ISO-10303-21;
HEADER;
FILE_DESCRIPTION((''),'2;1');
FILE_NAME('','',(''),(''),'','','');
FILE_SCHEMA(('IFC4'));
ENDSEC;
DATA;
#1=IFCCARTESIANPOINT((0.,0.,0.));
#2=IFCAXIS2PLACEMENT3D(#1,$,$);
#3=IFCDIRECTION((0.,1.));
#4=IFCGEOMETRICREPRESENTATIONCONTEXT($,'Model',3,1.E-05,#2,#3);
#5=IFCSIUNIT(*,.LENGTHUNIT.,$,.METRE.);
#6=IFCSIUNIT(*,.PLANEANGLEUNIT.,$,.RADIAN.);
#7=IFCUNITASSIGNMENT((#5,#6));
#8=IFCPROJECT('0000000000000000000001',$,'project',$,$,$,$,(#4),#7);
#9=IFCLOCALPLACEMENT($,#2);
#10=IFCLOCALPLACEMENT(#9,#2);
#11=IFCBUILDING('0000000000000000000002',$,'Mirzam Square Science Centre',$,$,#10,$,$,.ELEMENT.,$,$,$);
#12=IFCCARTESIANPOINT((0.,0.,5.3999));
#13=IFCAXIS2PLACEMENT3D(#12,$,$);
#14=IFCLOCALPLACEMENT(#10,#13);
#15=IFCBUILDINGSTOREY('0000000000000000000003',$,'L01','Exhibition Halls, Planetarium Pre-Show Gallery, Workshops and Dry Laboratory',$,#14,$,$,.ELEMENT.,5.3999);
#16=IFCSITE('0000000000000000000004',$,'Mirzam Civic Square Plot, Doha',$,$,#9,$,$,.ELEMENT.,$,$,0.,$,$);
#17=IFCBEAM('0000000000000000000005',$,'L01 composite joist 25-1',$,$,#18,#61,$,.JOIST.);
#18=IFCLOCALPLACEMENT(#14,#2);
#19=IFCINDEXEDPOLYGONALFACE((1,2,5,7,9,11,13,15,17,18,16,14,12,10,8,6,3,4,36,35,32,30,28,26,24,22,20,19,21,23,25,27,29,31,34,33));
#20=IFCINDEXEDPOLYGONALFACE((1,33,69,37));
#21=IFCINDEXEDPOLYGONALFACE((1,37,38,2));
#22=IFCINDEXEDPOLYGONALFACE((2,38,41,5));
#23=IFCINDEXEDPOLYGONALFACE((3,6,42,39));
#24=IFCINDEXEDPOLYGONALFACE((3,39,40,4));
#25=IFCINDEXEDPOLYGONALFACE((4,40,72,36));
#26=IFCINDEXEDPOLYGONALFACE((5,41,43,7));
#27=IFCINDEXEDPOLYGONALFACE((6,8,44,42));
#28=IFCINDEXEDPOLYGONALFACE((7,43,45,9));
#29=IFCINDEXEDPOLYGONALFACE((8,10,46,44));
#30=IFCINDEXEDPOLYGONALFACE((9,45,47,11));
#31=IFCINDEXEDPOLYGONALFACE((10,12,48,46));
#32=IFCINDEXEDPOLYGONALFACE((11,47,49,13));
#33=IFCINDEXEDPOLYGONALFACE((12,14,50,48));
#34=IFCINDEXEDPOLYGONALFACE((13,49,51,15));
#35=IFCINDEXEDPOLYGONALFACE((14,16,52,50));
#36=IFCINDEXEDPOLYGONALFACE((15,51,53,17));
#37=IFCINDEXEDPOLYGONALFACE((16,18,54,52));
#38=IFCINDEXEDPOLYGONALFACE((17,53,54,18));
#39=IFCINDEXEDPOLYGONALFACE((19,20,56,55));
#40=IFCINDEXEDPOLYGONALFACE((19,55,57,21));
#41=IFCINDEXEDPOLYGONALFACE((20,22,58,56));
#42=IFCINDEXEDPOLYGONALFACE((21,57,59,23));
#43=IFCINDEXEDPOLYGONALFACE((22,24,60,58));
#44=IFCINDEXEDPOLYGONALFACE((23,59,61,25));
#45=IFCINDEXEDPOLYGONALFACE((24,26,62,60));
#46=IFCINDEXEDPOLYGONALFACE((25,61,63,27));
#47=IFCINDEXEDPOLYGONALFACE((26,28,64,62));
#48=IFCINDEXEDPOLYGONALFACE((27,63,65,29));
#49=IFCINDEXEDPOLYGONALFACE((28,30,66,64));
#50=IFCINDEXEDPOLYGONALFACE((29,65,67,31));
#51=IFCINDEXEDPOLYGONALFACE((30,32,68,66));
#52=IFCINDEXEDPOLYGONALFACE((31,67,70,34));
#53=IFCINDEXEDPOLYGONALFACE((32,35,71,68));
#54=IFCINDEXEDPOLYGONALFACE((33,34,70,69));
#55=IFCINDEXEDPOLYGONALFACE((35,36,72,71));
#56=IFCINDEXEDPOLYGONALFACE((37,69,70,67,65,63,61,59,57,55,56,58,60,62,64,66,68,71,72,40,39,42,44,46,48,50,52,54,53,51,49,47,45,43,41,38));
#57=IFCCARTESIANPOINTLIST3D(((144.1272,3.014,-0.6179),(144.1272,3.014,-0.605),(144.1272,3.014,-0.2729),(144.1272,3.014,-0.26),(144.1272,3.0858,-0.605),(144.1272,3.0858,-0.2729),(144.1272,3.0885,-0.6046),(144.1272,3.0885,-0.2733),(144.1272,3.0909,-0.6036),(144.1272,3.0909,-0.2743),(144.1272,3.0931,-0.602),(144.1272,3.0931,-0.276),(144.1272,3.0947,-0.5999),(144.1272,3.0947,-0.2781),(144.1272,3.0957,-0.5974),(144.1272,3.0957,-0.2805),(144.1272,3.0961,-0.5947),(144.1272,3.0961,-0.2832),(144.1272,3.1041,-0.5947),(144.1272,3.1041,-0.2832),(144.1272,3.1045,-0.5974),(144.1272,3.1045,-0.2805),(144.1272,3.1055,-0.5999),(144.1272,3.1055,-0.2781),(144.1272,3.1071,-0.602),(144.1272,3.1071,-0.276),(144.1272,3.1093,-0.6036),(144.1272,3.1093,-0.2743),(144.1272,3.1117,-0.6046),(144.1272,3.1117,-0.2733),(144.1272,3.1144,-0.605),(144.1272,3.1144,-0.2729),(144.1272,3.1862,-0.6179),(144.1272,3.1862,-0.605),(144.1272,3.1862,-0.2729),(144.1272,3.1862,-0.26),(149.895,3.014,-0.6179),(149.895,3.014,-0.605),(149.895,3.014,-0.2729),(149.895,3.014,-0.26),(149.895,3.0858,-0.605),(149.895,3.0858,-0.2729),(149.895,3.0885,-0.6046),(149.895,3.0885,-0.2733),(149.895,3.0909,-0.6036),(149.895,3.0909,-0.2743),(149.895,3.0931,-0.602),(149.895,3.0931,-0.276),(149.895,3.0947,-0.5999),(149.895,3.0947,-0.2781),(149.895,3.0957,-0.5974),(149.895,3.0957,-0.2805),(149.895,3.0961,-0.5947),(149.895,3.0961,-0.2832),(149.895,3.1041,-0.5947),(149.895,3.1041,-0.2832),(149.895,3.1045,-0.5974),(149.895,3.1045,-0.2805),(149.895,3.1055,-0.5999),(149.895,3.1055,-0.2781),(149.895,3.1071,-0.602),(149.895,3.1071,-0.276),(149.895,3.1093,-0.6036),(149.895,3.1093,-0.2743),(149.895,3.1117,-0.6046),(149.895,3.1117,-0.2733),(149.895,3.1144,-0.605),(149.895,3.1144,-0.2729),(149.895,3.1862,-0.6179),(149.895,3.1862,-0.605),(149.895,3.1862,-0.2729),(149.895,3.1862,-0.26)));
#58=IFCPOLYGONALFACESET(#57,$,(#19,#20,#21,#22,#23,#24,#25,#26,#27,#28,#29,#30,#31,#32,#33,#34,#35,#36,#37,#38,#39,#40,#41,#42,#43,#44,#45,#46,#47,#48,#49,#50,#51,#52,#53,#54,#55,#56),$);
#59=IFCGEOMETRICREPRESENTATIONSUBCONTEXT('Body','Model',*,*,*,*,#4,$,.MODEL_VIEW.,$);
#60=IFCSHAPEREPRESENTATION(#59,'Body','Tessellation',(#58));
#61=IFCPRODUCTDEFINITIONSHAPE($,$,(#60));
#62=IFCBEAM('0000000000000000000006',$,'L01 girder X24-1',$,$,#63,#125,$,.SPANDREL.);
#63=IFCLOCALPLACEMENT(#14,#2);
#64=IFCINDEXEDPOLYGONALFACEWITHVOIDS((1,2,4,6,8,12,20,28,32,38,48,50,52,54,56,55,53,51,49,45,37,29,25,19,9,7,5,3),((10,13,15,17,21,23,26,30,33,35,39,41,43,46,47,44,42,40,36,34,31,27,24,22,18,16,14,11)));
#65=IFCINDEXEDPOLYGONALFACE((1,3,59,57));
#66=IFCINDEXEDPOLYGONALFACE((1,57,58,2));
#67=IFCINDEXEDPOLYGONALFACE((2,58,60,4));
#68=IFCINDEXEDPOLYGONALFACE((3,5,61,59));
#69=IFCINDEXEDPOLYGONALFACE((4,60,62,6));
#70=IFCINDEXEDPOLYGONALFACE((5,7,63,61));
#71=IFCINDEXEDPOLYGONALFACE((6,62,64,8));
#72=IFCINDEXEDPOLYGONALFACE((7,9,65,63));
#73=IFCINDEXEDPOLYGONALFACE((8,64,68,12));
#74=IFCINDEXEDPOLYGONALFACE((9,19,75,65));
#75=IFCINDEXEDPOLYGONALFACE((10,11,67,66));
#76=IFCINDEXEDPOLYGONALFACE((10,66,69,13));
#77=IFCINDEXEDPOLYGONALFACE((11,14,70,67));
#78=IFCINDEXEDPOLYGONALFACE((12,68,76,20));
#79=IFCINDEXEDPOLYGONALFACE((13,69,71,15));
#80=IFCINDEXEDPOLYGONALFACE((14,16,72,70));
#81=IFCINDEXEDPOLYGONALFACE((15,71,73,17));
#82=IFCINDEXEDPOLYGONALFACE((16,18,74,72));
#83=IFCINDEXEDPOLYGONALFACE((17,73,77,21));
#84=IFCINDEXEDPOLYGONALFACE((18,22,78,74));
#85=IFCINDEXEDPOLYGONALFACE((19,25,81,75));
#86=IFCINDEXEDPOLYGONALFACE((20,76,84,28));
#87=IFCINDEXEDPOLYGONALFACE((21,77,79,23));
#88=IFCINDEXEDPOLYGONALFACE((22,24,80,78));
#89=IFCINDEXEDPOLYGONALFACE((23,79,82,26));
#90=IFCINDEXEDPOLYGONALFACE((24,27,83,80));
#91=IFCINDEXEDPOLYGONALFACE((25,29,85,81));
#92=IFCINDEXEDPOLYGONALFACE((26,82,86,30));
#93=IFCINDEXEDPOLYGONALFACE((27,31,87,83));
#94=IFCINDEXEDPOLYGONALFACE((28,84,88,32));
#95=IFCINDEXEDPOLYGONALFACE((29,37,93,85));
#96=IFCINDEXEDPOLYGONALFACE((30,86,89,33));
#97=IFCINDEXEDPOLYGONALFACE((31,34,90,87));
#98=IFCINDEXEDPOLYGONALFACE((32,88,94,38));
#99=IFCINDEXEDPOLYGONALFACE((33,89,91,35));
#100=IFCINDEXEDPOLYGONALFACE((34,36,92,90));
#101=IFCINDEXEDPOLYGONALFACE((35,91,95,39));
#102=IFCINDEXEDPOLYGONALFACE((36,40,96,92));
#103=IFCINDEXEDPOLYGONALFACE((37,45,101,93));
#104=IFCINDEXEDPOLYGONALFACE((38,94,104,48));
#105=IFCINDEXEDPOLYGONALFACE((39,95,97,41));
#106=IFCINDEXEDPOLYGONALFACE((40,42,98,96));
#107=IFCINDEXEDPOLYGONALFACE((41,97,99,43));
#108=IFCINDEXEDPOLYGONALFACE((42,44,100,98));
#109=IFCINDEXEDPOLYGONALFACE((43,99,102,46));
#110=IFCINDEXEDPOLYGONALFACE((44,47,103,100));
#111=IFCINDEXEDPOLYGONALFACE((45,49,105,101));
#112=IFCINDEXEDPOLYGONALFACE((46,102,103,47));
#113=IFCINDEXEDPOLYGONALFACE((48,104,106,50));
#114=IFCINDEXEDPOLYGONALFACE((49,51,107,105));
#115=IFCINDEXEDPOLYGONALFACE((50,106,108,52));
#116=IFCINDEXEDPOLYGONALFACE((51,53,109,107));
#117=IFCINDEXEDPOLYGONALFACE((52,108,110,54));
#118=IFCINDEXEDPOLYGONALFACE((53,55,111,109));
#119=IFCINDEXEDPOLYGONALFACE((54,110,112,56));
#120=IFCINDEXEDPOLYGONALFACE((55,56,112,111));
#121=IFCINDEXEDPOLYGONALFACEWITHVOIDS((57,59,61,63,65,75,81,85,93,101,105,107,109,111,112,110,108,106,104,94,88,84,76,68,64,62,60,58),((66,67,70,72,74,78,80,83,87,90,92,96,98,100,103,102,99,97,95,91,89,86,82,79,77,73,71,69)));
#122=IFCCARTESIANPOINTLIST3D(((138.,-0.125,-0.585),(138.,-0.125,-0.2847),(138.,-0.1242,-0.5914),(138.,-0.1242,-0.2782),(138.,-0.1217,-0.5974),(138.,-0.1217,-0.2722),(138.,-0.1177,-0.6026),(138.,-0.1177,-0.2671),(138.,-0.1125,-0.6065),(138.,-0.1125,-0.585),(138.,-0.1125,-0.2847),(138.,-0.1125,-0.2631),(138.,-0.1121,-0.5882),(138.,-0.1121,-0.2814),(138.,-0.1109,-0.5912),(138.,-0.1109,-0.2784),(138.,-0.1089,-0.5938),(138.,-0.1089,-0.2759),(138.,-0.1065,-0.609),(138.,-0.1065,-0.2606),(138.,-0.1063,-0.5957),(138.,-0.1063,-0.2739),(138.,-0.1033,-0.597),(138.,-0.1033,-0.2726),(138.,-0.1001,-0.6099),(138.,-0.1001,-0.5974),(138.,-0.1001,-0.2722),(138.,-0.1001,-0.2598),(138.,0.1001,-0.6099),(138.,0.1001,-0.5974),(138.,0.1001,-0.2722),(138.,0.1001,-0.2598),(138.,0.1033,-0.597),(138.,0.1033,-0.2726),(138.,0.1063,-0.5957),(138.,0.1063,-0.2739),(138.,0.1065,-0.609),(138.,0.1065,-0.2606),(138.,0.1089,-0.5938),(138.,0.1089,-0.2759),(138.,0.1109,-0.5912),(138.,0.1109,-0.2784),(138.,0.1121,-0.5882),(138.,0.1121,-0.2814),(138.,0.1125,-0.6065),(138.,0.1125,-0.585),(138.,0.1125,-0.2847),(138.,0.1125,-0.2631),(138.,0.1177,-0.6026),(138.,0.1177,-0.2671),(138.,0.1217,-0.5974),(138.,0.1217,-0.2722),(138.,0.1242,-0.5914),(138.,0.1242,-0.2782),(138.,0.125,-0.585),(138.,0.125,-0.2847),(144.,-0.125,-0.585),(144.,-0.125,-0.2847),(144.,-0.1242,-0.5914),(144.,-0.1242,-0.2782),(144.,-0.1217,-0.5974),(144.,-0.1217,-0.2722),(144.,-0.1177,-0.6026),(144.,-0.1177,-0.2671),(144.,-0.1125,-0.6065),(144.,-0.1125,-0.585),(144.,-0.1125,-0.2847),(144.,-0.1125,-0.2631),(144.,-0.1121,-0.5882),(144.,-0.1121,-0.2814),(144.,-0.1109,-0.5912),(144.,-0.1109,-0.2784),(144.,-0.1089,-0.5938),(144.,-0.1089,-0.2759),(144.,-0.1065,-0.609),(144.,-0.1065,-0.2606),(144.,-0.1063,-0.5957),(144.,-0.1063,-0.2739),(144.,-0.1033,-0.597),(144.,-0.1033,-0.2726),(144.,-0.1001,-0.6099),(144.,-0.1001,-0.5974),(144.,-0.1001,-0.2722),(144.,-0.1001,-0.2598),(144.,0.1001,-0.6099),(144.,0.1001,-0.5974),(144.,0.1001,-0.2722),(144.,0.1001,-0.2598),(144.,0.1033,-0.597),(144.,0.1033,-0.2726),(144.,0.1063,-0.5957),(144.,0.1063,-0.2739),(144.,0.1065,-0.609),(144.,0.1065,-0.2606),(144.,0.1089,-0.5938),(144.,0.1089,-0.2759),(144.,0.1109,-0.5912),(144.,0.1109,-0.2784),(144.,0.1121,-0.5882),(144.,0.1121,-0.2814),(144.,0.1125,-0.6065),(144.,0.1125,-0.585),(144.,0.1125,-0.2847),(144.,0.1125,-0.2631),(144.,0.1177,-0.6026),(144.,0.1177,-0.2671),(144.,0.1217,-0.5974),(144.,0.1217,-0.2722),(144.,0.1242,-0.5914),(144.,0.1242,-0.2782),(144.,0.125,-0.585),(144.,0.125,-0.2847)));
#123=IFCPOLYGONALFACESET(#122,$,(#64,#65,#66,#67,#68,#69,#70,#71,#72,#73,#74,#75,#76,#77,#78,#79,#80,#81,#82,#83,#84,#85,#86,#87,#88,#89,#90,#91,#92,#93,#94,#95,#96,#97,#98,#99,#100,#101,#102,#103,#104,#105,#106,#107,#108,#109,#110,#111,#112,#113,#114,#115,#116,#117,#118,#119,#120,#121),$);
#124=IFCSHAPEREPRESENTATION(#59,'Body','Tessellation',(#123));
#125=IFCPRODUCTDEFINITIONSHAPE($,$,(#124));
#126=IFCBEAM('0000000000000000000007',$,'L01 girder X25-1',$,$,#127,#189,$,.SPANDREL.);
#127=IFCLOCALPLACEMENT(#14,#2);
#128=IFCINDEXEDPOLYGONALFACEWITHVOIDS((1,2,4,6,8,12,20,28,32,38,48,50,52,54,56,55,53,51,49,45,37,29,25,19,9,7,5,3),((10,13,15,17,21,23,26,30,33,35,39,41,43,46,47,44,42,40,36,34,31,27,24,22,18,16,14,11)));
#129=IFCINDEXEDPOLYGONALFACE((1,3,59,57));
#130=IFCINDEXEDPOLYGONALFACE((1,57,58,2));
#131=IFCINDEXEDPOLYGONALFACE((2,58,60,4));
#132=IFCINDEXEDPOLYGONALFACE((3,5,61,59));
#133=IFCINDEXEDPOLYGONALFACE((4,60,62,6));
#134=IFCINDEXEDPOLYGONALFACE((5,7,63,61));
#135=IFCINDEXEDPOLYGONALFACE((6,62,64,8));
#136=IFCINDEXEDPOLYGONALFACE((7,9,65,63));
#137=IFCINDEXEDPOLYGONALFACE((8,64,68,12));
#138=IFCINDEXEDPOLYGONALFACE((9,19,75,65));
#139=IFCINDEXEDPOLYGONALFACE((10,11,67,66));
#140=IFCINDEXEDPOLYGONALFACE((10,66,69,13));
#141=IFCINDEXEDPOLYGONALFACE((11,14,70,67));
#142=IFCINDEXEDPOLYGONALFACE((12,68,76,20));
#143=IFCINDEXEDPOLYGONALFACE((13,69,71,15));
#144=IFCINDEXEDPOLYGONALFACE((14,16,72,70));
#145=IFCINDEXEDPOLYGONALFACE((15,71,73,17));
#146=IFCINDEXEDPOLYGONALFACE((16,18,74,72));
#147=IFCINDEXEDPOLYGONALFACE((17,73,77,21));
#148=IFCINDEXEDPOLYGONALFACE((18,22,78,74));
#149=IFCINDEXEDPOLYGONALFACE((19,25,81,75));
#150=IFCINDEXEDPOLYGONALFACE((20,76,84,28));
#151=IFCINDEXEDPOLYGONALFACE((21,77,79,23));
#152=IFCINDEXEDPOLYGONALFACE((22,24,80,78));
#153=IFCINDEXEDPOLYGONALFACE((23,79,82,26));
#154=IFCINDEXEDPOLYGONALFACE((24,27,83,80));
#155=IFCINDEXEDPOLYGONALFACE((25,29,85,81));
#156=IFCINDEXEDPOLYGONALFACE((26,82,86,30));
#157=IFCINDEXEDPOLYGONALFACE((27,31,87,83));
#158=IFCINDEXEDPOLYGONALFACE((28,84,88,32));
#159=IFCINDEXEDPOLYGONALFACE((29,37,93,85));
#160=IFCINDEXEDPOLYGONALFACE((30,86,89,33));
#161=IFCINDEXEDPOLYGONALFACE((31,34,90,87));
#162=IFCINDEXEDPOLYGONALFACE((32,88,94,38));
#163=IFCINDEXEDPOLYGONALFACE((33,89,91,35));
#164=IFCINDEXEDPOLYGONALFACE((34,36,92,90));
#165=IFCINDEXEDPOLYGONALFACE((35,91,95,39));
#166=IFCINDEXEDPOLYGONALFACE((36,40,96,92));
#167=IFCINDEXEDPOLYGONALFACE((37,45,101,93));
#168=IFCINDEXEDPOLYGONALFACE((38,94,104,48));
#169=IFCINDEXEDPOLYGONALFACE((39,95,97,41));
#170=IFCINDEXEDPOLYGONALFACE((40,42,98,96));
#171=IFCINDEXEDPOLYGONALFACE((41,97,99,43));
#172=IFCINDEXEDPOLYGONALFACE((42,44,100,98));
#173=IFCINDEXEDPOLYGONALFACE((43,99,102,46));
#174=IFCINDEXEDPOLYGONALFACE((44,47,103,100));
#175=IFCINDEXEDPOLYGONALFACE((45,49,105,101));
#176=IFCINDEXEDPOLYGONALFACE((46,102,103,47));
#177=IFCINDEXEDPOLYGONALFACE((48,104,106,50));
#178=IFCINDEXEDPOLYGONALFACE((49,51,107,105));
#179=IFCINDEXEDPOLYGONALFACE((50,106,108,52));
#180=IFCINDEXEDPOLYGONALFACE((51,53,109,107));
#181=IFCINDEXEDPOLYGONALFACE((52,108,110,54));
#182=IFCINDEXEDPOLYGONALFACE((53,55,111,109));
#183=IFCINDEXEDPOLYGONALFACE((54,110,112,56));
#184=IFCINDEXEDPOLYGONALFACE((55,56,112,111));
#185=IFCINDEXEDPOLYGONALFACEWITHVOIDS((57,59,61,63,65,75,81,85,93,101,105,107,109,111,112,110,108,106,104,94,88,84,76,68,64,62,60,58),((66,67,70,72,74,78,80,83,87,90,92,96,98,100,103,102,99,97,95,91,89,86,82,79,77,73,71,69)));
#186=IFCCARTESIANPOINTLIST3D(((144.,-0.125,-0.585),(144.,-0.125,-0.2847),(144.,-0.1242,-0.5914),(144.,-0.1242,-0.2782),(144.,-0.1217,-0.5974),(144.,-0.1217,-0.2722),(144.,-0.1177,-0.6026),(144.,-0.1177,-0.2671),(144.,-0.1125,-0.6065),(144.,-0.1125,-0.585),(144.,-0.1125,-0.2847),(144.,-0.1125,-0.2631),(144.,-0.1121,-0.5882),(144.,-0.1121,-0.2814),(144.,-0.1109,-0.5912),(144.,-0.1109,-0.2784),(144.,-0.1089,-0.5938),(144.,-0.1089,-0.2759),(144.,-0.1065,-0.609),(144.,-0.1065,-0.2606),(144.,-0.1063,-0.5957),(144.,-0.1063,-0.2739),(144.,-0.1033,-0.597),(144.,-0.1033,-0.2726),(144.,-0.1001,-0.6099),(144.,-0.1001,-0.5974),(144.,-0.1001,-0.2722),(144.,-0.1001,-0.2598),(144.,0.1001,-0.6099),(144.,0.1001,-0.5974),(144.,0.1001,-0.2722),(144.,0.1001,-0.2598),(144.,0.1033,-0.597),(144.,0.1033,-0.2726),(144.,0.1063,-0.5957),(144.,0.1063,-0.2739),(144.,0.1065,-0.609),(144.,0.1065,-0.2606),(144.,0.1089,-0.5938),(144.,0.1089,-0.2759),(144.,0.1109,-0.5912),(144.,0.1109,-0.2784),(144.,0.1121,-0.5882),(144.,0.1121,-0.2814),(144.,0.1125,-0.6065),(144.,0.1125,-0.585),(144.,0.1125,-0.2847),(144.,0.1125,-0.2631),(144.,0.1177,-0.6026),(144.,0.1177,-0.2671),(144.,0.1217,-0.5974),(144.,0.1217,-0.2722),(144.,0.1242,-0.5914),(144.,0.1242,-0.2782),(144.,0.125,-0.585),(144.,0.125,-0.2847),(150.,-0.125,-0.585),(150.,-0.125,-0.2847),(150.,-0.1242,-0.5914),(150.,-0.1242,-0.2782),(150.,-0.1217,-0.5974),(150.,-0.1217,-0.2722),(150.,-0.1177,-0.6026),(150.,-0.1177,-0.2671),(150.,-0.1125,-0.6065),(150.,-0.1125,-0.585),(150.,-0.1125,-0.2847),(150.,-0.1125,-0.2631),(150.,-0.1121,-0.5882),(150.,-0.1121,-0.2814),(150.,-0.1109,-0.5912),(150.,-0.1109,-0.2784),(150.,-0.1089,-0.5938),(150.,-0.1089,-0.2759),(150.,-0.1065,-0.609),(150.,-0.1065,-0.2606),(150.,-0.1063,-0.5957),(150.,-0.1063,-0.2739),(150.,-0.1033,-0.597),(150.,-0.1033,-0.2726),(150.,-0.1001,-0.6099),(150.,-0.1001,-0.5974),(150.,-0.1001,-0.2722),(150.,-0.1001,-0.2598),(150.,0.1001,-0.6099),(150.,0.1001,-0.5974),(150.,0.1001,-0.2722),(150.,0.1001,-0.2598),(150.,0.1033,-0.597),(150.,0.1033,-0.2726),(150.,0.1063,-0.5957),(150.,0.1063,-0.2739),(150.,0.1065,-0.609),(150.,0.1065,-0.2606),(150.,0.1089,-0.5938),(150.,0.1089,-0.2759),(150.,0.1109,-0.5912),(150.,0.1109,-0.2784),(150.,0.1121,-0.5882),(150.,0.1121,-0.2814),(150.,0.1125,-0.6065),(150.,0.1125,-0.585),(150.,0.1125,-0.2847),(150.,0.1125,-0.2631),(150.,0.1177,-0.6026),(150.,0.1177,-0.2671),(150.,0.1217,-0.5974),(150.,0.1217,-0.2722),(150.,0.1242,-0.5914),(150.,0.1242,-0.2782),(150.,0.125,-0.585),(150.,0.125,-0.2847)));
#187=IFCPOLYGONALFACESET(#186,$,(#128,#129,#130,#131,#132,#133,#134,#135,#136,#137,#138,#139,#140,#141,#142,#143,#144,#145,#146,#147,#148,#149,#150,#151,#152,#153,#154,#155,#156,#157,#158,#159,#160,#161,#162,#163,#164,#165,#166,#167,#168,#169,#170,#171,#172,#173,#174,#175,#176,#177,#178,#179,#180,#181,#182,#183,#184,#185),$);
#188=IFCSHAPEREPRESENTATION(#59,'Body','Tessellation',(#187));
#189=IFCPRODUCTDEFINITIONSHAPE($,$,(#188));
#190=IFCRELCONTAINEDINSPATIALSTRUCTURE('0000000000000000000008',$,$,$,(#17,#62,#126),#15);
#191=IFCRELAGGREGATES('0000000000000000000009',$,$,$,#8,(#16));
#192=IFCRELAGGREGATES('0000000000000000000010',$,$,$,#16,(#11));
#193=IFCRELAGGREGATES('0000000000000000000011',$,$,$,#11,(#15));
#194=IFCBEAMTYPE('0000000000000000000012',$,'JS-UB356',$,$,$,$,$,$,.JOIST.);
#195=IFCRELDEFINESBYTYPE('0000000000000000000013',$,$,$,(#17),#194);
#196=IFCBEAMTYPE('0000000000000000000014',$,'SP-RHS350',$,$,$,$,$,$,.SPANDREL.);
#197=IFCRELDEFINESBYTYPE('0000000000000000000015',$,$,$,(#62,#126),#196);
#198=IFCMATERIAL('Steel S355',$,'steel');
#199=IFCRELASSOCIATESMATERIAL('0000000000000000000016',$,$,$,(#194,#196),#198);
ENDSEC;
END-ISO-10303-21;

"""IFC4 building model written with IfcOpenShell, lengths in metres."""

from ifc_helpers import new_model, si_unit, direction, frame, origin, origin_2d, place, context, subcontext, project, spatial, hollow_rectangle, i_section, extrude, material, material_profile, profile_set, type_object, element, save


model = new_model("IFC4")

# Units and contexts
model_context = context("Model", 3, precision=1e-05, world=origin(), true_north=direction((0.0, 1.0)))
body_context = subcontext(model_context, "Body", "Model", "MODEL_VIEW")
ifc_project = project(units=[si_unit("LENGTHUNIT", "METRE"), si_unit("PLANEANGLEUNIT", "RADIAN")], contexts=[model_context])

# Site, building, storey
site_placement = place(None, origin())
site = spatial("IfcSite", under=ifc_project, at=site_placement, Name="Mirzam Civic Square Plot, Doha", CompositionType="ELEMENT", RefElevation=0.0)
building_placement = place(site_placement, origin())
building = spatial("IfcBuilding", under=site, at=building_placement, Name="Mirzam Square Science Centre", CompositionType="ELEMENT")
storey_placement = place(building_placement, frame((0.0, 0.0, 5.3999)))
storey = spatial("IfcBuildingStorey", under=building, at=storey_placement, Name="L01", Description="Exhibition Halls, Planetarium Pre-Show Gallery, Workshops and Dry Laboratory", CompositionType="ELEMENT", Elevation=5.3999)

# Shared definitions
ifc_material_1 = material(Name="Steel S355", Category="steel")

# Beams
ifc_material_profile_1 = material_profile(ifc_material_1, i_section(OverallWidth=0.1721, OverallDepth=0.3579, WebThickness=0.0081, FlangeThickness=0.0129, FilletRadius=0.0103, at=origin_2d()), Name="356x171x57UB")
ifc_profile_set_1 = profile_set([ifc_material_profile_1], Name="Steel S355")
beam_type_1 = type_object("IfcBeamType", Name="JS-UB356", PredefinedType="JOIST", material=ifc_profile_set_1)
beam_1_placement = place(storey_placement, frame((144.1272, 3.1001, -0.439), z_axis=(1.0, 0.0, 0.0), x_axis=(0.0, 1.0, 0.0)))
element("IfcBeam", 1, at=beam_1_placement, inside=storey, type_object=beam_type_1, Name="L01 composite joist 25-1", PredefinedType="JOIST", context=body_context, shape_type="SweptSolid", body=[
    extrude(i_section(OverallWidth=0.1721, OverallDepth=0.3579, WebThickness=0.0081, FlangeThickness=0.0129, FilletRadius=0.0103, at=origin_2d()), origin(), (0.0, 0.0, 1.0), 5.7678),
])
ifc_material_profile_2 = material_profile(ifc_material_1, hollow_rectangle(XDim=0.25, YDim=0.3501, WallThickness=0.0125, InnerFilletRadius=0.0125, OuterFilletRadius=0.0249, at=origin_2d()), Name="350x250x12.5RHS")
ifc_profile_set_2 = profile_set([ifc_material_profile_2], Name="Steel S355")
beam_type_2 = type_object("IfcBeamType", Name="SP-RHS350", PredefinedType="SPANDREL", material=ifc_profile_set_2)
for number, where, z_axis, x_axis, name in (
    (2, (138.0, 0.0, -0.4348), (1.0, 0.0, 0.0), (0.0, 1.0, 0.0), "L01 girder X24-1"),
    (3, (144.0, 0.0, -0.4348), (1.0, 0.0, 0.0), (0.0, 1.0, 0.0), "L01 girder X25-1"),
):
    element("IfcBeam", number, at=place(storey_placement, frame(where, z_axis=z_axis, x_axis=x_axis)), inside=storey, type_object=beam_type_2, Name=name, PredefinedType="SPANDREL", context=body_context, shape_type="SweptSolid", body=[
        extrude(hollow_rectangle(XDim=0.25, YDim=0.3501, WallThickness=0.0125, InnerFilletRadius=0.0125, OuterFilletRadius=0.0249, at=origin_2d()), origin(), (0.0, 0.0, 1.0), 6.0),
    ])

save(model, "model.ifc")
